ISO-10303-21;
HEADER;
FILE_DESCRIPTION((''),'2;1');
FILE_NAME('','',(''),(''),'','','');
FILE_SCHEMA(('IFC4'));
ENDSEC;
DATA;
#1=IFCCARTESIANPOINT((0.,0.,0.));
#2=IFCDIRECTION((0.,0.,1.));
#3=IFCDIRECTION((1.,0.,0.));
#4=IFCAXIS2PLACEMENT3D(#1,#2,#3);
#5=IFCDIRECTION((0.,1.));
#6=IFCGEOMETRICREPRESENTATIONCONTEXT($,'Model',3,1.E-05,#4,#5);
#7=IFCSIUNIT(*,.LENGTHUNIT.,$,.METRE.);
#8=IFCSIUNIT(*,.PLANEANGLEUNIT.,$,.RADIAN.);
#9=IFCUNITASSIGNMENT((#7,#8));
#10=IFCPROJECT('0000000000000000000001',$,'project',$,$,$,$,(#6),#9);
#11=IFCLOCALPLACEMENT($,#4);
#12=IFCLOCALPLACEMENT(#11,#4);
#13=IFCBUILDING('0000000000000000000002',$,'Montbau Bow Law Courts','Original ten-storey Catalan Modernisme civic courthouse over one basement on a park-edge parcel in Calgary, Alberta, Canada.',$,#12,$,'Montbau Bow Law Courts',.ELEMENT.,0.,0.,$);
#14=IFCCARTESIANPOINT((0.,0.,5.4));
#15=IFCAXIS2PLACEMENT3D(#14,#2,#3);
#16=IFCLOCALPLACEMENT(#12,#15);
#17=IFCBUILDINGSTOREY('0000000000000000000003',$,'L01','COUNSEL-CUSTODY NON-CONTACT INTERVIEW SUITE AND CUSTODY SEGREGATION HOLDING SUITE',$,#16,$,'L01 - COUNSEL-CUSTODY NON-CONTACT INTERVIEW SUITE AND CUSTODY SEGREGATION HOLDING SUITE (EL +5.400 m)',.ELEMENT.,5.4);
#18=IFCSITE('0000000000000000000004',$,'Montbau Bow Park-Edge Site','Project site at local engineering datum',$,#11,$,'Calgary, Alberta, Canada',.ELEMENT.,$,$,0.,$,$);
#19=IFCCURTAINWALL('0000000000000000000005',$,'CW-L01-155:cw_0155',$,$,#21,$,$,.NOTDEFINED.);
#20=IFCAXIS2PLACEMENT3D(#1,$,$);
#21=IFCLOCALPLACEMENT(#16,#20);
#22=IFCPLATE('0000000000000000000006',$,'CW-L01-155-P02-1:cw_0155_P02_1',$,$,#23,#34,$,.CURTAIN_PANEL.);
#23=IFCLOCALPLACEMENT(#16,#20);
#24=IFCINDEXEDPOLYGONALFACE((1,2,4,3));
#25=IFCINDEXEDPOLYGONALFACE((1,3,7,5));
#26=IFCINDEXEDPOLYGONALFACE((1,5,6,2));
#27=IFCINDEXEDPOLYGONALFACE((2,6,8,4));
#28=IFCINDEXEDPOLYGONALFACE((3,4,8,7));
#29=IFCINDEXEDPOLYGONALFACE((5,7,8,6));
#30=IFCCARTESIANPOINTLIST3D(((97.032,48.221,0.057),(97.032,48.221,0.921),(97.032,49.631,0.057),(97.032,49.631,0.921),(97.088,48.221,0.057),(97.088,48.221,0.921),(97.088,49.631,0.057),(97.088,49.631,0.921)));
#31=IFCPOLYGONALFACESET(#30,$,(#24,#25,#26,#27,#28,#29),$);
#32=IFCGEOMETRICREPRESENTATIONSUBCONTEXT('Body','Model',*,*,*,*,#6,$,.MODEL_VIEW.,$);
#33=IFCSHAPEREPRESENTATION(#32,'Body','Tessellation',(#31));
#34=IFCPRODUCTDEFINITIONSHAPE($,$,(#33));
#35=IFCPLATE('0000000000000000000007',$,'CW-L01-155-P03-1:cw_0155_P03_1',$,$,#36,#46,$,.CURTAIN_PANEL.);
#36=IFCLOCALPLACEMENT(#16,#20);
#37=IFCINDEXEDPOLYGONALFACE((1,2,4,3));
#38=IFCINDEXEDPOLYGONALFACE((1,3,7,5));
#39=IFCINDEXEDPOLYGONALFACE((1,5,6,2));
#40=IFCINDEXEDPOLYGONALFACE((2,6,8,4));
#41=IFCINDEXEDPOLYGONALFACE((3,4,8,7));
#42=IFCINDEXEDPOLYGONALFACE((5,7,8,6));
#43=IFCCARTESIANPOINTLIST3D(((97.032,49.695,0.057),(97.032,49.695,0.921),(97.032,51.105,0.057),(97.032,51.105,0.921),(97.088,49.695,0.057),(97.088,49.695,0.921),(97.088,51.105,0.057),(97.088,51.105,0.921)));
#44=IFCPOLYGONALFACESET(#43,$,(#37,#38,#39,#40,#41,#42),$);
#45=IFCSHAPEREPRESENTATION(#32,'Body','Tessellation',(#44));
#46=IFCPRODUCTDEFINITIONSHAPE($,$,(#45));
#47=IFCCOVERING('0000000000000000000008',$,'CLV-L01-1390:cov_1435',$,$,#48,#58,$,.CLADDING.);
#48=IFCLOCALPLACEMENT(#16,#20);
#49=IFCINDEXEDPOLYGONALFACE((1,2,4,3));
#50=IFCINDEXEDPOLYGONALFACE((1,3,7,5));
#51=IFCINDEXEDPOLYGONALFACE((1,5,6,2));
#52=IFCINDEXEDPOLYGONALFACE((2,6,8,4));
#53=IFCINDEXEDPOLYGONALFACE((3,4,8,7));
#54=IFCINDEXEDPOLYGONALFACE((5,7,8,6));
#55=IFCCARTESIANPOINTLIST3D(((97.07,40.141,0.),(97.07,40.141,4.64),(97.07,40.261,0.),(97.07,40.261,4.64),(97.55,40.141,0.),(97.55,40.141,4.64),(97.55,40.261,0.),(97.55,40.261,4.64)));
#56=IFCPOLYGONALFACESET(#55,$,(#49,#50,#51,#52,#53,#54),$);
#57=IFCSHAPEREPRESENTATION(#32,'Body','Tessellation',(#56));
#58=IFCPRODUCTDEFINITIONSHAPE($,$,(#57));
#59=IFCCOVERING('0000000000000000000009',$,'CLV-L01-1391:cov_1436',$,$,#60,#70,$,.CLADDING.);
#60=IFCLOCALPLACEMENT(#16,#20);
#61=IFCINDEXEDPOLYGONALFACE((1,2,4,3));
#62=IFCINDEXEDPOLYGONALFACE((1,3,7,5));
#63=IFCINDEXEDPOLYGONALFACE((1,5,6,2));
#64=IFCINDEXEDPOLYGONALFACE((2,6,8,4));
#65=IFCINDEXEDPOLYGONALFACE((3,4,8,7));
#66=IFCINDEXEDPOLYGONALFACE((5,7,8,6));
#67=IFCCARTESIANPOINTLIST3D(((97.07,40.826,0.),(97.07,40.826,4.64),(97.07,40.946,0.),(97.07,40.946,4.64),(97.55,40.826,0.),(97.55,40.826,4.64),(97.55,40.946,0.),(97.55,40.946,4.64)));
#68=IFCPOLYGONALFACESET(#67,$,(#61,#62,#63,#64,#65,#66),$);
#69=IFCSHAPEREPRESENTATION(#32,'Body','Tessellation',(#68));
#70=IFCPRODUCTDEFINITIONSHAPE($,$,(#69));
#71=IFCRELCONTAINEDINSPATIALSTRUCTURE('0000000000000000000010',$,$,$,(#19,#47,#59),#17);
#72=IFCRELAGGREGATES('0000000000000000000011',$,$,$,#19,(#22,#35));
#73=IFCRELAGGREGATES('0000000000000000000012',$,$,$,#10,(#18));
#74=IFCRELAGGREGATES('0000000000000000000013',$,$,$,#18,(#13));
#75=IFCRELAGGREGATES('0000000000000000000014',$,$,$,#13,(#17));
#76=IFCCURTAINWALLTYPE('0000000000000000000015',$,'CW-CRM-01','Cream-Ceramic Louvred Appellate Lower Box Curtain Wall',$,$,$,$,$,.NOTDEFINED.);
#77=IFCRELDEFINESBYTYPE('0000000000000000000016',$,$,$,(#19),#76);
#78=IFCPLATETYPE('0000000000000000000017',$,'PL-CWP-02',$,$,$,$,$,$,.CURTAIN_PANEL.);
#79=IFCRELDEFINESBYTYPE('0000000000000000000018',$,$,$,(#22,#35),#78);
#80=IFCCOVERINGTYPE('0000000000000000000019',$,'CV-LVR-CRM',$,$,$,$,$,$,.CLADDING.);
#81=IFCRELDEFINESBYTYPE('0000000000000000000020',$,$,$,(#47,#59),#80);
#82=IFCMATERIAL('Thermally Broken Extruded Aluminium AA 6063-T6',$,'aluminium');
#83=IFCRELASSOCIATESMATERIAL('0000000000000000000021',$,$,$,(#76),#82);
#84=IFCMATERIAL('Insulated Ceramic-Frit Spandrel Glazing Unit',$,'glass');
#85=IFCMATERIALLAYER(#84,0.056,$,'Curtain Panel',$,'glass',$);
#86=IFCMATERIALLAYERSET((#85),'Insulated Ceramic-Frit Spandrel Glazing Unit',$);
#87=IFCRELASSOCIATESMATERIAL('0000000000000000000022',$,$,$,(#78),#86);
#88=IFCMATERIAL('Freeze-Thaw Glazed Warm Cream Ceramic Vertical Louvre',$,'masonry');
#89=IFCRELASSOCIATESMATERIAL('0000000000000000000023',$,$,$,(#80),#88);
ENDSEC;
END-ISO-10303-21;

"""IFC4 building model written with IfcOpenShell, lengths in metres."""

from ifc_helpers import new_model, si_unit, direction, frame, frame_2d, origin_with_axes, place, context, subcontext, project, spatial, rectangle, extrude, material, layer, layer_set, type_object, element, aggregate, save


model = new_model("IFC4")

# Units and contexts
model_context = context("Model", 3, precision=1e-05, world=origin_with_axes(), true_north=direction((0.0, 1.0)))
body_context = subcontext(model_context, "Body", "Model", "MODEL_VIEW")
ifc_project = project(units=[si_unit("LENGTHUNIT", "METRE"), si_unit("PLANEANGLEUNIT", "RADIAN")], contexts=[model_context])

# Site, building, storey
site_placement = place(None, origin_with_axes())
site = spatial("IfcSite", under=ifc_project, at=site_placement, Name="Montbau Bow Park-Edge Site", Description="Project site at local engineering datum", LongName="Calgary, Alberta, Canada", CompositionType="ELEMENT", RefElevation=0.0)
building_placement = place(site_placement, origin_with_axes())
building = spatial("IfcBuilding", under=site, at=building_placement, Name="Montbau Bow Law Courts", Description="Original ten-storey Catalan Modernisme civic courthouse over one basement on a park-edge parcel in Calgary, Alberta, Canada.", LongName="Montbau Bow Law Courts", CompositionType="ELEMENT", ElevationOfRefHeight=0.0, ElevationOfTerrain=0.0)
storey_placement = place(building_placement, frame((0.0, 0.0, 5.4), z_axis=(0.0, 0.0, 1.0), x_axis=(1.0, 0.0, 0.0)))
storey = spatial("IfcBuildingStorey", under=building, at=storey_placement, Name="L01", Description="COUNSEL-CUSTODY NON-CONTACT INTERVIEW SUITE AND CUSTODY SEGREGATION HOLDING SUITE", LongName="L01 - COUNSEL-CUSTODY NON-CONTACT INTERVIEW SUITE AND CUSTODY SEGREGATION HOLDING SUITE (EL +5.400 m)", CompositionType="ELEMENT", Elevation=5.4)

# Curtain wall
ifc_material_1 = material(Name="Thermally Broken Extruded Aluminium AA 6063-T6", Category="aluminium")
curtain_wall_type = type_object("IfcCurtainWallType", Name="CW-CRM-01", Description="Cream-Ceramic Louvred Appellate Lower Box Curtain Wall", PredefinedType="NOTDEFINED", material=ifc_material_1)
curtain_wall_1_placement = place(None, frame((97.06, 46.715, 5.4), z_axis=(0.0, 0.0, 1.0), x_axis=(1.0, 0.0, 0.0)))
curtain_wall_1 = element("IfcCurtainWall", 1, at=curtain_wall_1_placement, inside=storey, type_object=curtain_wall_type, Name="CW-L01-155:cw_0155", PredefinedType="NOTDEFINED")

# Plates
ifc_material_2 = material(Name="Insulated Ceramic-Frit Spandrel Glazing Unit", Category="glass")
ifc_layer_1 = layer(ifc_material_2, 0.056, Name="Curtain Panel", Category="glass")
ifc_layer_set_1 = layer_set([ifc_layer_1], Name="Insulated Ceramic-Frit Spandrel Glazing Unit")
plate_type_1 = type_object("IfcPlateType", Name="PL-CWP-02", PredefinedType="CURTAIN_PANEL", material=ifc_layer_set_1)
plate_1_placement = place(None, frame((97.06, 48.221, 5.457), z_axis=(1.0, 0.0, 0.0), x_axis=(0.0, 1.0, 0.0)))
plate_1 = element("IfcPlate", 2, at=plate_1_placement, type_object=plate_type_1, Name="CW-L01-155-P02-1:cw_0155_P02_1", PredefinedType="CURTAIN_PANEL", context=body_context, shape_type="SweptSolid", body=[
    extrude(rectangle(XDim=1.41, YDim=0.864, at=frame_2d((0.705, 0.432), x_axis=(1.0, 0.0))), frame((0.0, 0.0, -0.028), z_axis=(0.0, 0.0, 1.0), x_axis=(1.0, 0.0, 0.0)), (0.0, 0.0, 1.0), 0.056),
])
plate_2_placement = place(None, frame((97.06, 49.695, 5.457), z_axis=(1.0, 0.0, 0.0), x_axis=(0.0, 1.0, 0.0)))
plate_2 = element("IfcPlate", 3, at=plate_2_placement, type_object=plate_type_1, Name="CW-L01-155-P03-1:cw_0155_P03_1", PredefinedType="CURTAIN_PANEL", context=body_context, shape_type="SweptSolid", body=[
    extrude(rectangle(XDim=1.41, YDim=0.864, at=frame_2d((0.705, 0.432), x_axis=(1.0, 0.0))), frame((0.0, 0.0, -0.028), z_axis=(0.0, 0.0, 1.0), x_axis=(1.0, 0.0, 0.0)), (0.0, 0.0, 1.0), 0.056),
])
aggregate(curtain_wall_1, [plate_1, plate_2])

# Coverings
ifc_material_3 = material(Name="Freeze-Thaw Glazed Warm Cream Ceramic Vertical Louvre", Category="masonry")
covering_type = type_object("IfcCoveringType", Name="CV-LVR-CRM", PredefinedType="CLADDING", material=ifc_material_3)
for number, where, z_axis, x_axis, name in (
    (4, (97.07, 40.201, 5.4), (0.0, -1.0, 0.0), (1.0, 0.0, 0.0), "CLV-L01-1390:cov_1435"),
    (5, (97.07, 40.886, 5.4), (0.0, -1.0, 0.0), (1.0, 0.0, 0.0), "CLV-L01-1391:cov_1436"),
):
    element("IfcCovering", number, at=place(None, frame(where, z_axis=z_axis, x_axis=x_axis)), inside=storey, type_object=covering_type, Name=name, PredefinedType="CLADDING", context=body_context, shape_type="SweptSolid", body=[
        extrude(rectangle(XDim=0.48, YDim=4.64, at=frame_2d((0.24, 2.32), x_axis=(1.0, 0.0))), frame((0.0, 0.0, -0.06), z_axis=(0.0, 0.0, 1.0), x_axis=(1.0, 0.0, 0.0)), (0.0, 0.0, 1.0), 0.12),
    ])

save(model, "model.ifc")
